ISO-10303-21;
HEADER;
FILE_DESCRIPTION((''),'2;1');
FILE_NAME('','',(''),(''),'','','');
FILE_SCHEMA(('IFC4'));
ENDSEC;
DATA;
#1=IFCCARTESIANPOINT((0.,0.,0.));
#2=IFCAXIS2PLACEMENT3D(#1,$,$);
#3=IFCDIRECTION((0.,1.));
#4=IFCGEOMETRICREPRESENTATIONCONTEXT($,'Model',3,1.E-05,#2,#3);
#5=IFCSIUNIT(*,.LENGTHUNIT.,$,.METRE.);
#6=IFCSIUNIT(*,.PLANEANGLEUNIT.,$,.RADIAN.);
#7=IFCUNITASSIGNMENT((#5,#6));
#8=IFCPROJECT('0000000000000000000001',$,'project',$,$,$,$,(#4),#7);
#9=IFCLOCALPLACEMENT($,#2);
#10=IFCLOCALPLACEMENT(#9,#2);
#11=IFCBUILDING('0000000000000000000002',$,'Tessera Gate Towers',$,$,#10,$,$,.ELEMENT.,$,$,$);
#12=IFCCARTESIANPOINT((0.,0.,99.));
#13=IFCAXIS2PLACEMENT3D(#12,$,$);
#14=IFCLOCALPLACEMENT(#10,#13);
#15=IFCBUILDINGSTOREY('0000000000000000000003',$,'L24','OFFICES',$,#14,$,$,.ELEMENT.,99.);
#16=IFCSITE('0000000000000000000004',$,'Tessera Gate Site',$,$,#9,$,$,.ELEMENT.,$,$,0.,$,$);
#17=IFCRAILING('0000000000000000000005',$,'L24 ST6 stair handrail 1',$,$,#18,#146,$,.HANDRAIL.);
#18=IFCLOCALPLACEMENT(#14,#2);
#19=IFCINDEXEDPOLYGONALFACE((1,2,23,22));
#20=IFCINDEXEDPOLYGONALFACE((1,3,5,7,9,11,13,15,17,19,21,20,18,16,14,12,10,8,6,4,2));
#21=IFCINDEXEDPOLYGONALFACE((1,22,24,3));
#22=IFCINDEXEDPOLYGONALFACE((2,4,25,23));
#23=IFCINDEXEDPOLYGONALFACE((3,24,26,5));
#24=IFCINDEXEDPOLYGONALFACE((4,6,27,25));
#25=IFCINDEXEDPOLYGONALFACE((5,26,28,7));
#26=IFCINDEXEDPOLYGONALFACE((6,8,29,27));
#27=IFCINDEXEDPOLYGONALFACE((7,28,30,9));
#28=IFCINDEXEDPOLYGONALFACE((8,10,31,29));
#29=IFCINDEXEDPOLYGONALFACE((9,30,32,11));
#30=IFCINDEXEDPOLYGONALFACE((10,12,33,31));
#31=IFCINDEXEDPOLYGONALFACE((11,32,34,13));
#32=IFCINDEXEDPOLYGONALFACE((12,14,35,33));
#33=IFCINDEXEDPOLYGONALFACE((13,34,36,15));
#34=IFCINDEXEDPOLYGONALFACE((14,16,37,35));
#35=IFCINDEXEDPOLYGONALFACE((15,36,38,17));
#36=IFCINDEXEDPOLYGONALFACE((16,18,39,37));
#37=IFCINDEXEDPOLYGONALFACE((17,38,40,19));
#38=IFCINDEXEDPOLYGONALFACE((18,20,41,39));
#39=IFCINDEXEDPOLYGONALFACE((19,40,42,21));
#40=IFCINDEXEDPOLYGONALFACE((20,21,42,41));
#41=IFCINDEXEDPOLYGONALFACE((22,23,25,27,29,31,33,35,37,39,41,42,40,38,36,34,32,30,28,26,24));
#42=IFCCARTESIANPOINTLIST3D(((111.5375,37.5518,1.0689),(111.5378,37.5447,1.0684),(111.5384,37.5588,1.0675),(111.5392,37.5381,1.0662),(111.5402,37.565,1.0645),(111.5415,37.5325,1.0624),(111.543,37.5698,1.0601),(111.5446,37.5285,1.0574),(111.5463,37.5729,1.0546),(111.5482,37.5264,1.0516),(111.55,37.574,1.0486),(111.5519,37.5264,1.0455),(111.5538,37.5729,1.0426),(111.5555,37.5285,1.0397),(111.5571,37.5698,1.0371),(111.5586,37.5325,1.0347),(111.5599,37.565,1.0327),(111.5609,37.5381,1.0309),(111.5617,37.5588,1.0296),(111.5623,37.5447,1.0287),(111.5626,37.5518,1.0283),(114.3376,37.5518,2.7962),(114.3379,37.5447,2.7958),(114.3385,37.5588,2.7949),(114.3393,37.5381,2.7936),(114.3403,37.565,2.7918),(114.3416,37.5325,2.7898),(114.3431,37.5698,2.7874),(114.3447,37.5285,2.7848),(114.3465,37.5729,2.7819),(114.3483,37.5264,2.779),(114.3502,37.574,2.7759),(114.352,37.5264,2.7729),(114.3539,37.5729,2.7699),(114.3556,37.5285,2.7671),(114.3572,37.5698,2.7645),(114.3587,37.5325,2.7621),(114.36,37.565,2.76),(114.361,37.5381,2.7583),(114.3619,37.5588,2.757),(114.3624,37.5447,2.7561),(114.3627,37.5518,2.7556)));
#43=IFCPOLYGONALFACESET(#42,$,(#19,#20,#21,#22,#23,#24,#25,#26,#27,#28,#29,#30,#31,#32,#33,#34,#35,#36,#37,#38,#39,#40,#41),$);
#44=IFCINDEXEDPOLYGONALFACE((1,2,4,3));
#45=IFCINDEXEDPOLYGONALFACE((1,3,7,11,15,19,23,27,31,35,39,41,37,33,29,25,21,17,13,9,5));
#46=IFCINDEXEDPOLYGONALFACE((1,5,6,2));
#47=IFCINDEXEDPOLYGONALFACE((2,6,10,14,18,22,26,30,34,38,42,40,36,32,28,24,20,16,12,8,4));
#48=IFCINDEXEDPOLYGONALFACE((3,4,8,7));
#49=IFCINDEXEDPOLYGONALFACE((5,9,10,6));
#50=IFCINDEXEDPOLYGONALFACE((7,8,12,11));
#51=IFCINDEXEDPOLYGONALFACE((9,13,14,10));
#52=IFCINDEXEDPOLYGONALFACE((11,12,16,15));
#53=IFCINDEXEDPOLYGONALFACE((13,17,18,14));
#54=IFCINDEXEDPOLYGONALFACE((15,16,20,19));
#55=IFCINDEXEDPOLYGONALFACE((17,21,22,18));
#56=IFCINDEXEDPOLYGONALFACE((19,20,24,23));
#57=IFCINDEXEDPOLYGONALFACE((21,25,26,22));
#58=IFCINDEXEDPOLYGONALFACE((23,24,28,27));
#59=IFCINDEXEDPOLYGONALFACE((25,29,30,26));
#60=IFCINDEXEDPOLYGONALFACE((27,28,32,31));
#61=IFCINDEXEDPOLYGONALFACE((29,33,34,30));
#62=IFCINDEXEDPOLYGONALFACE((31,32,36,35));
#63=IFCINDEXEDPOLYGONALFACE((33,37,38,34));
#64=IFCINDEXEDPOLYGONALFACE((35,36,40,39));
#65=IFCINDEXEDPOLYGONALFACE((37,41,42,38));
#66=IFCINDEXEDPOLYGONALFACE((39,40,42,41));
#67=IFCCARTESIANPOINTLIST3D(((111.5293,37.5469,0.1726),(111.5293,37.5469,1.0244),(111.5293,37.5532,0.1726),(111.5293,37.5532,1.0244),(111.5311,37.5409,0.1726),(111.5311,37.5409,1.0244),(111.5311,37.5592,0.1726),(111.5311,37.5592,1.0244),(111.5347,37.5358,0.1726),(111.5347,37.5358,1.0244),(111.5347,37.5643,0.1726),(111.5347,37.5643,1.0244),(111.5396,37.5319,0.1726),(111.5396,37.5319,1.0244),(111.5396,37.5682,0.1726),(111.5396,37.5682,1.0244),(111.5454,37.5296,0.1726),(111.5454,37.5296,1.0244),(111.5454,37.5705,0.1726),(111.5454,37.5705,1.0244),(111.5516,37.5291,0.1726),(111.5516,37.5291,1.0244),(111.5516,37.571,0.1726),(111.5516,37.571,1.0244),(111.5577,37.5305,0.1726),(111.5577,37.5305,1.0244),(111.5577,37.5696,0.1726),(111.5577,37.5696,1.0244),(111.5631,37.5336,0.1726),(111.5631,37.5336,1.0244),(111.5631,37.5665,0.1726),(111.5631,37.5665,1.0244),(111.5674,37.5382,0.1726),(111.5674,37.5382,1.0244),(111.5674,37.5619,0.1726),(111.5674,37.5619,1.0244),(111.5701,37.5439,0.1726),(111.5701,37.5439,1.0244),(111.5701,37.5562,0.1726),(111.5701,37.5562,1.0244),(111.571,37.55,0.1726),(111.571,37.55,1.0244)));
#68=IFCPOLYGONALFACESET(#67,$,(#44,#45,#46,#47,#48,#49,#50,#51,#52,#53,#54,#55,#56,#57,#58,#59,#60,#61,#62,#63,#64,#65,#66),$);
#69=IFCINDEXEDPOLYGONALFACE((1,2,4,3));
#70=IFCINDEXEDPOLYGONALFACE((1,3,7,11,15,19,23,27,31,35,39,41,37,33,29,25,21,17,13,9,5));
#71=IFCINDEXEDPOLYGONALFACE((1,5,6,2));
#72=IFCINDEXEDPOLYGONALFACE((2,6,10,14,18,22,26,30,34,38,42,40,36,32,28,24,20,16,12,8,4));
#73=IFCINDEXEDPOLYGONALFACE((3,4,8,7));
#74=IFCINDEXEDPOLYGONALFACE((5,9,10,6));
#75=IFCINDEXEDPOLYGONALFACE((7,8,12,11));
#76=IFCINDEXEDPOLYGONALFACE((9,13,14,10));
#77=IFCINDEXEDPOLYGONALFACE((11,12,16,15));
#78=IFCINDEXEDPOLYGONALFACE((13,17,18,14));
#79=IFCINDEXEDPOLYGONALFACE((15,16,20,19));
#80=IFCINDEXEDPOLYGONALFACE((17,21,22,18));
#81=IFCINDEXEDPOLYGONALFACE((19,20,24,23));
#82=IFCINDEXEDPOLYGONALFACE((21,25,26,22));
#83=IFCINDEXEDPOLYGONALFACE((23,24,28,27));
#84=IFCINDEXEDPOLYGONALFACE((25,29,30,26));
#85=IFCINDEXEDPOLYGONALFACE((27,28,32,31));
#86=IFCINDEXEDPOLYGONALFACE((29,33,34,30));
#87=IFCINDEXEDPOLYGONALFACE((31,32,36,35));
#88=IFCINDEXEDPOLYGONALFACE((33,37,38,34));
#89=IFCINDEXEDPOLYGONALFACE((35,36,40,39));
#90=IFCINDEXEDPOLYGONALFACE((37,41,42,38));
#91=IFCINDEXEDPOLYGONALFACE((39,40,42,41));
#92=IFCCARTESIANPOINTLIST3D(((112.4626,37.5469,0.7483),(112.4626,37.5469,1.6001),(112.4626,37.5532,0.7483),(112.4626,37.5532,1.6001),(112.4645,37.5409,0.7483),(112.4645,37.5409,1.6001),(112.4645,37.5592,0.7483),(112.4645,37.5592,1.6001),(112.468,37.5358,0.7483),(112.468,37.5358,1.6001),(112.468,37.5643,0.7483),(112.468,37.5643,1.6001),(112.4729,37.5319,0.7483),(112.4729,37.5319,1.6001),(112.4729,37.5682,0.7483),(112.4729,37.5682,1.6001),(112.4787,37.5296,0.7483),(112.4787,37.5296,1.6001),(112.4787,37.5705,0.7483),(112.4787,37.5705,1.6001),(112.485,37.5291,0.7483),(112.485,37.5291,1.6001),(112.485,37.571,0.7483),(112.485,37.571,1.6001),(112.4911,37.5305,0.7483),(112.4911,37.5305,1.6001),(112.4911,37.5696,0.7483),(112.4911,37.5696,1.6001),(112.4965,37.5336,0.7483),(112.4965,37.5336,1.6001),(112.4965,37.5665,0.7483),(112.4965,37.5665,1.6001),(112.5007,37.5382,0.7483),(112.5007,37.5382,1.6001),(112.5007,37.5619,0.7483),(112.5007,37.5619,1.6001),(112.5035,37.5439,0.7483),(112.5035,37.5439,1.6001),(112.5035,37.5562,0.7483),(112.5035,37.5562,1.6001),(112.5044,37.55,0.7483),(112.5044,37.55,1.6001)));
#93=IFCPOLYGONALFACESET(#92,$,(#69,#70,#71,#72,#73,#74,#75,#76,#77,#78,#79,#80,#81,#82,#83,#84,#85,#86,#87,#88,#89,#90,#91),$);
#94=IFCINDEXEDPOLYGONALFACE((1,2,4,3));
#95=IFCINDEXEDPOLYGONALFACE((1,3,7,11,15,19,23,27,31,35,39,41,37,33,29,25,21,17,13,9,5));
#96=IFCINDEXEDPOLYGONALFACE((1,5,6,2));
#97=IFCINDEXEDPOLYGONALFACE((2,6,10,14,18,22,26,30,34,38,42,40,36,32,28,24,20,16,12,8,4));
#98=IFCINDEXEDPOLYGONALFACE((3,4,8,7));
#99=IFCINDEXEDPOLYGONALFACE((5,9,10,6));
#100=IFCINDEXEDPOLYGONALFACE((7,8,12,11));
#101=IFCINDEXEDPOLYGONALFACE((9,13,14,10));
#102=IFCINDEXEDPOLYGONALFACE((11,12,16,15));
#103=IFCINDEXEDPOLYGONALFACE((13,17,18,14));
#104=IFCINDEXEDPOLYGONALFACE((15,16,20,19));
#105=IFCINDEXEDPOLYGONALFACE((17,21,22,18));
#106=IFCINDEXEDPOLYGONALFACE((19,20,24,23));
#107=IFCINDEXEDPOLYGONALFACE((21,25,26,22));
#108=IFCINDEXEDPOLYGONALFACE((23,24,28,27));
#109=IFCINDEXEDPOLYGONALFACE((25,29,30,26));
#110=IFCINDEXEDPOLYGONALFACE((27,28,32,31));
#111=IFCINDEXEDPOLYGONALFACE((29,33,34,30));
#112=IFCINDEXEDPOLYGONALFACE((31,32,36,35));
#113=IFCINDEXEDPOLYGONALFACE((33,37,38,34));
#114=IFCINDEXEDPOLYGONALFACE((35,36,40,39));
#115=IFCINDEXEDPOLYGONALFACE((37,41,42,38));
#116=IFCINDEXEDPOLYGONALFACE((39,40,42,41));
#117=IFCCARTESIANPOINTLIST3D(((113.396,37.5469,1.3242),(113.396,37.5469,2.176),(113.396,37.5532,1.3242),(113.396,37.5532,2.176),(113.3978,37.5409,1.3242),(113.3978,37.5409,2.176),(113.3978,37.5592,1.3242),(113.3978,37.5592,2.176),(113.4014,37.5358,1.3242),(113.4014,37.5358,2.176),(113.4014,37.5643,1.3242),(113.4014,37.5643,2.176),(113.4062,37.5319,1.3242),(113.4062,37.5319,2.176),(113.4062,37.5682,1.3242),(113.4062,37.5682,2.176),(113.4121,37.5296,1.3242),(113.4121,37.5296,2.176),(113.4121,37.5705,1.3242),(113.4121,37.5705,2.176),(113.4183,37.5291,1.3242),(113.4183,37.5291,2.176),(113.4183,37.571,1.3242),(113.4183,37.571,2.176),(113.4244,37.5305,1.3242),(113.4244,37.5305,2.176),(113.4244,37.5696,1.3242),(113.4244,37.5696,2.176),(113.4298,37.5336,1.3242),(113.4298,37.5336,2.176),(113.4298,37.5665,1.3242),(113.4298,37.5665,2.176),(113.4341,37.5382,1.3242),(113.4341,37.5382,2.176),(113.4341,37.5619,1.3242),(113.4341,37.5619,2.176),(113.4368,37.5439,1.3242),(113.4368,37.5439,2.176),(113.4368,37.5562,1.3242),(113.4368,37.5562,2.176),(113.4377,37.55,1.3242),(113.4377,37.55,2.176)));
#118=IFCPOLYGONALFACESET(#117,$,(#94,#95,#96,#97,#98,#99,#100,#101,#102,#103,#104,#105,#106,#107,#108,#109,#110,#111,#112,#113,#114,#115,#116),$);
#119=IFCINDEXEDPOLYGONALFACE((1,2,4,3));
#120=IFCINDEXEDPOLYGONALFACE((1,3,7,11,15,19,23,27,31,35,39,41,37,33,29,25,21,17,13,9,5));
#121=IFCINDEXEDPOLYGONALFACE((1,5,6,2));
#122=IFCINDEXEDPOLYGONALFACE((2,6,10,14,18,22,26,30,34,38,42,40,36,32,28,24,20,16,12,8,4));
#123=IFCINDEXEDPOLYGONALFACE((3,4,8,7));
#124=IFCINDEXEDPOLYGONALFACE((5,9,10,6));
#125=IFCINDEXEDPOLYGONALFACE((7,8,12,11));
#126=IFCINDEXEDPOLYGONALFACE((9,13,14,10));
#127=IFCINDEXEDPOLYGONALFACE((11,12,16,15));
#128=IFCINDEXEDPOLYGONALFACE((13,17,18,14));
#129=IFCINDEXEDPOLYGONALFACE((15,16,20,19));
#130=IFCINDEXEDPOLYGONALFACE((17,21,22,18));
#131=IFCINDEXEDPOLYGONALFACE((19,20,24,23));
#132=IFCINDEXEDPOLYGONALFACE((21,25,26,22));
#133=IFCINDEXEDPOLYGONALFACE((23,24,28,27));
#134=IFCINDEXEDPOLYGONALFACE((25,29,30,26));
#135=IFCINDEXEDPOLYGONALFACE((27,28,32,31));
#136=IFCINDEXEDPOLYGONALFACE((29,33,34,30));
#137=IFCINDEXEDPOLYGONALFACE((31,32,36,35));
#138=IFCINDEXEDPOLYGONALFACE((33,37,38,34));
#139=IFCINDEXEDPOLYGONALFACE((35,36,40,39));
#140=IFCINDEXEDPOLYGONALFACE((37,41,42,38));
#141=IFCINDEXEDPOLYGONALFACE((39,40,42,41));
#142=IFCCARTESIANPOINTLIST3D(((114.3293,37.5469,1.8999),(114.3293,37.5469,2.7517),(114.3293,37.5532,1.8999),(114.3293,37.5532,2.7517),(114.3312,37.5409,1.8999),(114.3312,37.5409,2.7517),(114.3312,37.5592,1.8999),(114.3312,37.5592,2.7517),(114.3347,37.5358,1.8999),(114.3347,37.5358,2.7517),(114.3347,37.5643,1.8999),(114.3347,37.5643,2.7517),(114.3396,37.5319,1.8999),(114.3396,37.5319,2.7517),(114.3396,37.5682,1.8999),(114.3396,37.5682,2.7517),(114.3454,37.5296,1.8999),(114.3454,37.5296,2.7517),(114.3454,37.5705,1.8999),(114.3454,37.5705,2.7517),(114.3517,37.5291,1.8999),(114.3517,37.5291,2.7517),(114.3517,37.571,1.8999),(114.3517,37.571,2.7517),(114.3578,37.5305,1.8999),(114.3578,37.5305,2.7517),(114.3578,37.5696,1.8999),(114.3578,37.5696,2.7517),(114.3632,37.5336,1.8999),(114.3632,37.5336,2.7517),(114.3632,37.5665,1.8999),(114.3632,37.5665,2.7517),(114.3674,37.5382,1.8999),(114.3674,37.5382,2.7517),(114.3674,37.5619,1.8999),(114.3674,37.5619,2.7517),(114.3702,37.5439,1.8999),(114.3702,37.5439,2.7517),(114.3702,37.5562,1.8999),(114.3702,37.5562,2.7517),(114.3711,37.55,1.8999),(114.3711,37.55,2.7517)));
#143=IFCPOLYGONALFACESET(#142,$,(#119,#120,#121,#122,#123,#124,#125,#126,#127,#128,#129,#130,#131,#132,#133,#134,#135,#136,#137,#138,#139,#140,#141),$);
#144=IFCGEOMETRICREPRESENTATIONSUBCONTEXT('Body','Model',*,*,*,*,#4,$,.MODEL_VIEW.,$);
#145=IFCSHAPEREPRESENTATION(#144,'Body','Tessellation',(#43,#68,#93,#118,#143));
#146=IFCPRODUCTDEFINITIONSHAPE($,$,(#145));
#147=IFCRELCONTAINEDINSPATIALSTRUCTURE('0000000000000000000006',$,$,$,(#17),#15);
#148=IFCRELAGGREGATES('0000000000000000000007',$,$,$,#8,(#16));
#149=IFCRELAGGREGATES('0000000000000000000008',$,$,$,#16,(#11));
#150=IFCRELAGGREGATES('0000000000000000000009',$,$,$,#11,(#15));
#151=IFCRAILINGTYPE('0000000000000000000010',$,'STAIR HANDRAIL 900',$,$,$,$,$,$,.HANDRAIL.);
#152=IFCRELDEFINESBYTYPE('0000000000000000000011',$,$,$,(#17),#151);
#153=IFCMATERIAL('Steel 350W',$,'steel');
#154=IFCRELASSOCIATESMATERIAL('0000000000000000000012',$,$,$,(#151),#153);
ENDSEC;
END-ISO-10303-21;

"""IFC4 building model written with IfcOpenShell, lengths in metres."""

from ifc_helpers import new_model, si_unit, direction, frame, origin, origin_2d, place, context, subcontext, project, spatial, circle, extrude, material, type_object, element, save


model = new_model("IFC4")

# Units and contexts
model_context = context("Model", 3, precision=1e-05, world=origin(), true_north=direction((0.0, 1.0)))
body_context = subcontext(model_context, "Body", "Model", "MODEL_VIEW")
ifc_project = project(units=[si_unit("LENGTHUNIT", "METRE"), si_unit("PLANEANGLEUNIT", "RADIAN")], contexts=[model_context])

# Site, building, storey
site_placement = place(None, origin())
site = spatial("IfcSite", under=ifc_project, at=site_placement, Name="Tessera Gate Site", CompositionType="ELEMENT", RefElevation=0.0)
building_placement = place(site_placement, origin())
building = spatial("IfcBuilding", under=site, at=building_placement, Name="Tessera Gate Towers", CompositionType="ELEMENT")
storey_placement = place(building_placement, frame((0.0, 0.0, 99.0)))
storey = spatial("IfcBuildingStorey", under=building, at=storey_placement, Name="L24", Description="OFFICES", CompositionType="ELEMENT", Elevation=99.0)

# Railing
ifc_material_1 = material(Name="Steel 350W", Category="steel")
railing_type_1 = type_object("IfcRailingType", Name="STAIR HANDRAIL 900", PredefinedType="HANDRAIL", material=ifc_material_1)
railing_1_placement = place(storey_placement, frame((111.55, 37.55, 0.1726)))
element("IfcRailing", 1, at=railing_1_placement, inside=storey, type_object=railing_type_1, Name="L24 ST6 stair handrail 1", PredefinedType="HANDRAIL", context=body_context, shape_type="SweptSolid", body=[
    extrude(circle(Radius=0.0239, at=origin_2d()), frame((0.0, 0.0, 0.876), z_axis=(0.85109, 0.0, 0.52502), x_axis=(0.0, 1.0, 0.0)), (0.0, 0.0, 1.0), 3.29),
    extrude(circle(Radius=0.021, at=origin_2d()), origin(), (0.0, 0.0, 1.0), 0.8518),
    extrude(circle(Radius=0.021, at=origin_2d()), frame((0.9333, 0.0, 0.5757)), (0.0, 0.0, 1.0), 0.8518),
    extrude(circle(Radius=0.021, at=origin_2d()), frame((1.8667, 0.0, 1.1516)), (0.0, 0.0, 1.0), 0.8518),
    extrude(circle(Radius=0.021, at=origin_2d()), frame((2.8, 0.0, 1.7273)), (0.0, 0.0, 1.0), 0.8518),
])

save(model, "model.ifc")
